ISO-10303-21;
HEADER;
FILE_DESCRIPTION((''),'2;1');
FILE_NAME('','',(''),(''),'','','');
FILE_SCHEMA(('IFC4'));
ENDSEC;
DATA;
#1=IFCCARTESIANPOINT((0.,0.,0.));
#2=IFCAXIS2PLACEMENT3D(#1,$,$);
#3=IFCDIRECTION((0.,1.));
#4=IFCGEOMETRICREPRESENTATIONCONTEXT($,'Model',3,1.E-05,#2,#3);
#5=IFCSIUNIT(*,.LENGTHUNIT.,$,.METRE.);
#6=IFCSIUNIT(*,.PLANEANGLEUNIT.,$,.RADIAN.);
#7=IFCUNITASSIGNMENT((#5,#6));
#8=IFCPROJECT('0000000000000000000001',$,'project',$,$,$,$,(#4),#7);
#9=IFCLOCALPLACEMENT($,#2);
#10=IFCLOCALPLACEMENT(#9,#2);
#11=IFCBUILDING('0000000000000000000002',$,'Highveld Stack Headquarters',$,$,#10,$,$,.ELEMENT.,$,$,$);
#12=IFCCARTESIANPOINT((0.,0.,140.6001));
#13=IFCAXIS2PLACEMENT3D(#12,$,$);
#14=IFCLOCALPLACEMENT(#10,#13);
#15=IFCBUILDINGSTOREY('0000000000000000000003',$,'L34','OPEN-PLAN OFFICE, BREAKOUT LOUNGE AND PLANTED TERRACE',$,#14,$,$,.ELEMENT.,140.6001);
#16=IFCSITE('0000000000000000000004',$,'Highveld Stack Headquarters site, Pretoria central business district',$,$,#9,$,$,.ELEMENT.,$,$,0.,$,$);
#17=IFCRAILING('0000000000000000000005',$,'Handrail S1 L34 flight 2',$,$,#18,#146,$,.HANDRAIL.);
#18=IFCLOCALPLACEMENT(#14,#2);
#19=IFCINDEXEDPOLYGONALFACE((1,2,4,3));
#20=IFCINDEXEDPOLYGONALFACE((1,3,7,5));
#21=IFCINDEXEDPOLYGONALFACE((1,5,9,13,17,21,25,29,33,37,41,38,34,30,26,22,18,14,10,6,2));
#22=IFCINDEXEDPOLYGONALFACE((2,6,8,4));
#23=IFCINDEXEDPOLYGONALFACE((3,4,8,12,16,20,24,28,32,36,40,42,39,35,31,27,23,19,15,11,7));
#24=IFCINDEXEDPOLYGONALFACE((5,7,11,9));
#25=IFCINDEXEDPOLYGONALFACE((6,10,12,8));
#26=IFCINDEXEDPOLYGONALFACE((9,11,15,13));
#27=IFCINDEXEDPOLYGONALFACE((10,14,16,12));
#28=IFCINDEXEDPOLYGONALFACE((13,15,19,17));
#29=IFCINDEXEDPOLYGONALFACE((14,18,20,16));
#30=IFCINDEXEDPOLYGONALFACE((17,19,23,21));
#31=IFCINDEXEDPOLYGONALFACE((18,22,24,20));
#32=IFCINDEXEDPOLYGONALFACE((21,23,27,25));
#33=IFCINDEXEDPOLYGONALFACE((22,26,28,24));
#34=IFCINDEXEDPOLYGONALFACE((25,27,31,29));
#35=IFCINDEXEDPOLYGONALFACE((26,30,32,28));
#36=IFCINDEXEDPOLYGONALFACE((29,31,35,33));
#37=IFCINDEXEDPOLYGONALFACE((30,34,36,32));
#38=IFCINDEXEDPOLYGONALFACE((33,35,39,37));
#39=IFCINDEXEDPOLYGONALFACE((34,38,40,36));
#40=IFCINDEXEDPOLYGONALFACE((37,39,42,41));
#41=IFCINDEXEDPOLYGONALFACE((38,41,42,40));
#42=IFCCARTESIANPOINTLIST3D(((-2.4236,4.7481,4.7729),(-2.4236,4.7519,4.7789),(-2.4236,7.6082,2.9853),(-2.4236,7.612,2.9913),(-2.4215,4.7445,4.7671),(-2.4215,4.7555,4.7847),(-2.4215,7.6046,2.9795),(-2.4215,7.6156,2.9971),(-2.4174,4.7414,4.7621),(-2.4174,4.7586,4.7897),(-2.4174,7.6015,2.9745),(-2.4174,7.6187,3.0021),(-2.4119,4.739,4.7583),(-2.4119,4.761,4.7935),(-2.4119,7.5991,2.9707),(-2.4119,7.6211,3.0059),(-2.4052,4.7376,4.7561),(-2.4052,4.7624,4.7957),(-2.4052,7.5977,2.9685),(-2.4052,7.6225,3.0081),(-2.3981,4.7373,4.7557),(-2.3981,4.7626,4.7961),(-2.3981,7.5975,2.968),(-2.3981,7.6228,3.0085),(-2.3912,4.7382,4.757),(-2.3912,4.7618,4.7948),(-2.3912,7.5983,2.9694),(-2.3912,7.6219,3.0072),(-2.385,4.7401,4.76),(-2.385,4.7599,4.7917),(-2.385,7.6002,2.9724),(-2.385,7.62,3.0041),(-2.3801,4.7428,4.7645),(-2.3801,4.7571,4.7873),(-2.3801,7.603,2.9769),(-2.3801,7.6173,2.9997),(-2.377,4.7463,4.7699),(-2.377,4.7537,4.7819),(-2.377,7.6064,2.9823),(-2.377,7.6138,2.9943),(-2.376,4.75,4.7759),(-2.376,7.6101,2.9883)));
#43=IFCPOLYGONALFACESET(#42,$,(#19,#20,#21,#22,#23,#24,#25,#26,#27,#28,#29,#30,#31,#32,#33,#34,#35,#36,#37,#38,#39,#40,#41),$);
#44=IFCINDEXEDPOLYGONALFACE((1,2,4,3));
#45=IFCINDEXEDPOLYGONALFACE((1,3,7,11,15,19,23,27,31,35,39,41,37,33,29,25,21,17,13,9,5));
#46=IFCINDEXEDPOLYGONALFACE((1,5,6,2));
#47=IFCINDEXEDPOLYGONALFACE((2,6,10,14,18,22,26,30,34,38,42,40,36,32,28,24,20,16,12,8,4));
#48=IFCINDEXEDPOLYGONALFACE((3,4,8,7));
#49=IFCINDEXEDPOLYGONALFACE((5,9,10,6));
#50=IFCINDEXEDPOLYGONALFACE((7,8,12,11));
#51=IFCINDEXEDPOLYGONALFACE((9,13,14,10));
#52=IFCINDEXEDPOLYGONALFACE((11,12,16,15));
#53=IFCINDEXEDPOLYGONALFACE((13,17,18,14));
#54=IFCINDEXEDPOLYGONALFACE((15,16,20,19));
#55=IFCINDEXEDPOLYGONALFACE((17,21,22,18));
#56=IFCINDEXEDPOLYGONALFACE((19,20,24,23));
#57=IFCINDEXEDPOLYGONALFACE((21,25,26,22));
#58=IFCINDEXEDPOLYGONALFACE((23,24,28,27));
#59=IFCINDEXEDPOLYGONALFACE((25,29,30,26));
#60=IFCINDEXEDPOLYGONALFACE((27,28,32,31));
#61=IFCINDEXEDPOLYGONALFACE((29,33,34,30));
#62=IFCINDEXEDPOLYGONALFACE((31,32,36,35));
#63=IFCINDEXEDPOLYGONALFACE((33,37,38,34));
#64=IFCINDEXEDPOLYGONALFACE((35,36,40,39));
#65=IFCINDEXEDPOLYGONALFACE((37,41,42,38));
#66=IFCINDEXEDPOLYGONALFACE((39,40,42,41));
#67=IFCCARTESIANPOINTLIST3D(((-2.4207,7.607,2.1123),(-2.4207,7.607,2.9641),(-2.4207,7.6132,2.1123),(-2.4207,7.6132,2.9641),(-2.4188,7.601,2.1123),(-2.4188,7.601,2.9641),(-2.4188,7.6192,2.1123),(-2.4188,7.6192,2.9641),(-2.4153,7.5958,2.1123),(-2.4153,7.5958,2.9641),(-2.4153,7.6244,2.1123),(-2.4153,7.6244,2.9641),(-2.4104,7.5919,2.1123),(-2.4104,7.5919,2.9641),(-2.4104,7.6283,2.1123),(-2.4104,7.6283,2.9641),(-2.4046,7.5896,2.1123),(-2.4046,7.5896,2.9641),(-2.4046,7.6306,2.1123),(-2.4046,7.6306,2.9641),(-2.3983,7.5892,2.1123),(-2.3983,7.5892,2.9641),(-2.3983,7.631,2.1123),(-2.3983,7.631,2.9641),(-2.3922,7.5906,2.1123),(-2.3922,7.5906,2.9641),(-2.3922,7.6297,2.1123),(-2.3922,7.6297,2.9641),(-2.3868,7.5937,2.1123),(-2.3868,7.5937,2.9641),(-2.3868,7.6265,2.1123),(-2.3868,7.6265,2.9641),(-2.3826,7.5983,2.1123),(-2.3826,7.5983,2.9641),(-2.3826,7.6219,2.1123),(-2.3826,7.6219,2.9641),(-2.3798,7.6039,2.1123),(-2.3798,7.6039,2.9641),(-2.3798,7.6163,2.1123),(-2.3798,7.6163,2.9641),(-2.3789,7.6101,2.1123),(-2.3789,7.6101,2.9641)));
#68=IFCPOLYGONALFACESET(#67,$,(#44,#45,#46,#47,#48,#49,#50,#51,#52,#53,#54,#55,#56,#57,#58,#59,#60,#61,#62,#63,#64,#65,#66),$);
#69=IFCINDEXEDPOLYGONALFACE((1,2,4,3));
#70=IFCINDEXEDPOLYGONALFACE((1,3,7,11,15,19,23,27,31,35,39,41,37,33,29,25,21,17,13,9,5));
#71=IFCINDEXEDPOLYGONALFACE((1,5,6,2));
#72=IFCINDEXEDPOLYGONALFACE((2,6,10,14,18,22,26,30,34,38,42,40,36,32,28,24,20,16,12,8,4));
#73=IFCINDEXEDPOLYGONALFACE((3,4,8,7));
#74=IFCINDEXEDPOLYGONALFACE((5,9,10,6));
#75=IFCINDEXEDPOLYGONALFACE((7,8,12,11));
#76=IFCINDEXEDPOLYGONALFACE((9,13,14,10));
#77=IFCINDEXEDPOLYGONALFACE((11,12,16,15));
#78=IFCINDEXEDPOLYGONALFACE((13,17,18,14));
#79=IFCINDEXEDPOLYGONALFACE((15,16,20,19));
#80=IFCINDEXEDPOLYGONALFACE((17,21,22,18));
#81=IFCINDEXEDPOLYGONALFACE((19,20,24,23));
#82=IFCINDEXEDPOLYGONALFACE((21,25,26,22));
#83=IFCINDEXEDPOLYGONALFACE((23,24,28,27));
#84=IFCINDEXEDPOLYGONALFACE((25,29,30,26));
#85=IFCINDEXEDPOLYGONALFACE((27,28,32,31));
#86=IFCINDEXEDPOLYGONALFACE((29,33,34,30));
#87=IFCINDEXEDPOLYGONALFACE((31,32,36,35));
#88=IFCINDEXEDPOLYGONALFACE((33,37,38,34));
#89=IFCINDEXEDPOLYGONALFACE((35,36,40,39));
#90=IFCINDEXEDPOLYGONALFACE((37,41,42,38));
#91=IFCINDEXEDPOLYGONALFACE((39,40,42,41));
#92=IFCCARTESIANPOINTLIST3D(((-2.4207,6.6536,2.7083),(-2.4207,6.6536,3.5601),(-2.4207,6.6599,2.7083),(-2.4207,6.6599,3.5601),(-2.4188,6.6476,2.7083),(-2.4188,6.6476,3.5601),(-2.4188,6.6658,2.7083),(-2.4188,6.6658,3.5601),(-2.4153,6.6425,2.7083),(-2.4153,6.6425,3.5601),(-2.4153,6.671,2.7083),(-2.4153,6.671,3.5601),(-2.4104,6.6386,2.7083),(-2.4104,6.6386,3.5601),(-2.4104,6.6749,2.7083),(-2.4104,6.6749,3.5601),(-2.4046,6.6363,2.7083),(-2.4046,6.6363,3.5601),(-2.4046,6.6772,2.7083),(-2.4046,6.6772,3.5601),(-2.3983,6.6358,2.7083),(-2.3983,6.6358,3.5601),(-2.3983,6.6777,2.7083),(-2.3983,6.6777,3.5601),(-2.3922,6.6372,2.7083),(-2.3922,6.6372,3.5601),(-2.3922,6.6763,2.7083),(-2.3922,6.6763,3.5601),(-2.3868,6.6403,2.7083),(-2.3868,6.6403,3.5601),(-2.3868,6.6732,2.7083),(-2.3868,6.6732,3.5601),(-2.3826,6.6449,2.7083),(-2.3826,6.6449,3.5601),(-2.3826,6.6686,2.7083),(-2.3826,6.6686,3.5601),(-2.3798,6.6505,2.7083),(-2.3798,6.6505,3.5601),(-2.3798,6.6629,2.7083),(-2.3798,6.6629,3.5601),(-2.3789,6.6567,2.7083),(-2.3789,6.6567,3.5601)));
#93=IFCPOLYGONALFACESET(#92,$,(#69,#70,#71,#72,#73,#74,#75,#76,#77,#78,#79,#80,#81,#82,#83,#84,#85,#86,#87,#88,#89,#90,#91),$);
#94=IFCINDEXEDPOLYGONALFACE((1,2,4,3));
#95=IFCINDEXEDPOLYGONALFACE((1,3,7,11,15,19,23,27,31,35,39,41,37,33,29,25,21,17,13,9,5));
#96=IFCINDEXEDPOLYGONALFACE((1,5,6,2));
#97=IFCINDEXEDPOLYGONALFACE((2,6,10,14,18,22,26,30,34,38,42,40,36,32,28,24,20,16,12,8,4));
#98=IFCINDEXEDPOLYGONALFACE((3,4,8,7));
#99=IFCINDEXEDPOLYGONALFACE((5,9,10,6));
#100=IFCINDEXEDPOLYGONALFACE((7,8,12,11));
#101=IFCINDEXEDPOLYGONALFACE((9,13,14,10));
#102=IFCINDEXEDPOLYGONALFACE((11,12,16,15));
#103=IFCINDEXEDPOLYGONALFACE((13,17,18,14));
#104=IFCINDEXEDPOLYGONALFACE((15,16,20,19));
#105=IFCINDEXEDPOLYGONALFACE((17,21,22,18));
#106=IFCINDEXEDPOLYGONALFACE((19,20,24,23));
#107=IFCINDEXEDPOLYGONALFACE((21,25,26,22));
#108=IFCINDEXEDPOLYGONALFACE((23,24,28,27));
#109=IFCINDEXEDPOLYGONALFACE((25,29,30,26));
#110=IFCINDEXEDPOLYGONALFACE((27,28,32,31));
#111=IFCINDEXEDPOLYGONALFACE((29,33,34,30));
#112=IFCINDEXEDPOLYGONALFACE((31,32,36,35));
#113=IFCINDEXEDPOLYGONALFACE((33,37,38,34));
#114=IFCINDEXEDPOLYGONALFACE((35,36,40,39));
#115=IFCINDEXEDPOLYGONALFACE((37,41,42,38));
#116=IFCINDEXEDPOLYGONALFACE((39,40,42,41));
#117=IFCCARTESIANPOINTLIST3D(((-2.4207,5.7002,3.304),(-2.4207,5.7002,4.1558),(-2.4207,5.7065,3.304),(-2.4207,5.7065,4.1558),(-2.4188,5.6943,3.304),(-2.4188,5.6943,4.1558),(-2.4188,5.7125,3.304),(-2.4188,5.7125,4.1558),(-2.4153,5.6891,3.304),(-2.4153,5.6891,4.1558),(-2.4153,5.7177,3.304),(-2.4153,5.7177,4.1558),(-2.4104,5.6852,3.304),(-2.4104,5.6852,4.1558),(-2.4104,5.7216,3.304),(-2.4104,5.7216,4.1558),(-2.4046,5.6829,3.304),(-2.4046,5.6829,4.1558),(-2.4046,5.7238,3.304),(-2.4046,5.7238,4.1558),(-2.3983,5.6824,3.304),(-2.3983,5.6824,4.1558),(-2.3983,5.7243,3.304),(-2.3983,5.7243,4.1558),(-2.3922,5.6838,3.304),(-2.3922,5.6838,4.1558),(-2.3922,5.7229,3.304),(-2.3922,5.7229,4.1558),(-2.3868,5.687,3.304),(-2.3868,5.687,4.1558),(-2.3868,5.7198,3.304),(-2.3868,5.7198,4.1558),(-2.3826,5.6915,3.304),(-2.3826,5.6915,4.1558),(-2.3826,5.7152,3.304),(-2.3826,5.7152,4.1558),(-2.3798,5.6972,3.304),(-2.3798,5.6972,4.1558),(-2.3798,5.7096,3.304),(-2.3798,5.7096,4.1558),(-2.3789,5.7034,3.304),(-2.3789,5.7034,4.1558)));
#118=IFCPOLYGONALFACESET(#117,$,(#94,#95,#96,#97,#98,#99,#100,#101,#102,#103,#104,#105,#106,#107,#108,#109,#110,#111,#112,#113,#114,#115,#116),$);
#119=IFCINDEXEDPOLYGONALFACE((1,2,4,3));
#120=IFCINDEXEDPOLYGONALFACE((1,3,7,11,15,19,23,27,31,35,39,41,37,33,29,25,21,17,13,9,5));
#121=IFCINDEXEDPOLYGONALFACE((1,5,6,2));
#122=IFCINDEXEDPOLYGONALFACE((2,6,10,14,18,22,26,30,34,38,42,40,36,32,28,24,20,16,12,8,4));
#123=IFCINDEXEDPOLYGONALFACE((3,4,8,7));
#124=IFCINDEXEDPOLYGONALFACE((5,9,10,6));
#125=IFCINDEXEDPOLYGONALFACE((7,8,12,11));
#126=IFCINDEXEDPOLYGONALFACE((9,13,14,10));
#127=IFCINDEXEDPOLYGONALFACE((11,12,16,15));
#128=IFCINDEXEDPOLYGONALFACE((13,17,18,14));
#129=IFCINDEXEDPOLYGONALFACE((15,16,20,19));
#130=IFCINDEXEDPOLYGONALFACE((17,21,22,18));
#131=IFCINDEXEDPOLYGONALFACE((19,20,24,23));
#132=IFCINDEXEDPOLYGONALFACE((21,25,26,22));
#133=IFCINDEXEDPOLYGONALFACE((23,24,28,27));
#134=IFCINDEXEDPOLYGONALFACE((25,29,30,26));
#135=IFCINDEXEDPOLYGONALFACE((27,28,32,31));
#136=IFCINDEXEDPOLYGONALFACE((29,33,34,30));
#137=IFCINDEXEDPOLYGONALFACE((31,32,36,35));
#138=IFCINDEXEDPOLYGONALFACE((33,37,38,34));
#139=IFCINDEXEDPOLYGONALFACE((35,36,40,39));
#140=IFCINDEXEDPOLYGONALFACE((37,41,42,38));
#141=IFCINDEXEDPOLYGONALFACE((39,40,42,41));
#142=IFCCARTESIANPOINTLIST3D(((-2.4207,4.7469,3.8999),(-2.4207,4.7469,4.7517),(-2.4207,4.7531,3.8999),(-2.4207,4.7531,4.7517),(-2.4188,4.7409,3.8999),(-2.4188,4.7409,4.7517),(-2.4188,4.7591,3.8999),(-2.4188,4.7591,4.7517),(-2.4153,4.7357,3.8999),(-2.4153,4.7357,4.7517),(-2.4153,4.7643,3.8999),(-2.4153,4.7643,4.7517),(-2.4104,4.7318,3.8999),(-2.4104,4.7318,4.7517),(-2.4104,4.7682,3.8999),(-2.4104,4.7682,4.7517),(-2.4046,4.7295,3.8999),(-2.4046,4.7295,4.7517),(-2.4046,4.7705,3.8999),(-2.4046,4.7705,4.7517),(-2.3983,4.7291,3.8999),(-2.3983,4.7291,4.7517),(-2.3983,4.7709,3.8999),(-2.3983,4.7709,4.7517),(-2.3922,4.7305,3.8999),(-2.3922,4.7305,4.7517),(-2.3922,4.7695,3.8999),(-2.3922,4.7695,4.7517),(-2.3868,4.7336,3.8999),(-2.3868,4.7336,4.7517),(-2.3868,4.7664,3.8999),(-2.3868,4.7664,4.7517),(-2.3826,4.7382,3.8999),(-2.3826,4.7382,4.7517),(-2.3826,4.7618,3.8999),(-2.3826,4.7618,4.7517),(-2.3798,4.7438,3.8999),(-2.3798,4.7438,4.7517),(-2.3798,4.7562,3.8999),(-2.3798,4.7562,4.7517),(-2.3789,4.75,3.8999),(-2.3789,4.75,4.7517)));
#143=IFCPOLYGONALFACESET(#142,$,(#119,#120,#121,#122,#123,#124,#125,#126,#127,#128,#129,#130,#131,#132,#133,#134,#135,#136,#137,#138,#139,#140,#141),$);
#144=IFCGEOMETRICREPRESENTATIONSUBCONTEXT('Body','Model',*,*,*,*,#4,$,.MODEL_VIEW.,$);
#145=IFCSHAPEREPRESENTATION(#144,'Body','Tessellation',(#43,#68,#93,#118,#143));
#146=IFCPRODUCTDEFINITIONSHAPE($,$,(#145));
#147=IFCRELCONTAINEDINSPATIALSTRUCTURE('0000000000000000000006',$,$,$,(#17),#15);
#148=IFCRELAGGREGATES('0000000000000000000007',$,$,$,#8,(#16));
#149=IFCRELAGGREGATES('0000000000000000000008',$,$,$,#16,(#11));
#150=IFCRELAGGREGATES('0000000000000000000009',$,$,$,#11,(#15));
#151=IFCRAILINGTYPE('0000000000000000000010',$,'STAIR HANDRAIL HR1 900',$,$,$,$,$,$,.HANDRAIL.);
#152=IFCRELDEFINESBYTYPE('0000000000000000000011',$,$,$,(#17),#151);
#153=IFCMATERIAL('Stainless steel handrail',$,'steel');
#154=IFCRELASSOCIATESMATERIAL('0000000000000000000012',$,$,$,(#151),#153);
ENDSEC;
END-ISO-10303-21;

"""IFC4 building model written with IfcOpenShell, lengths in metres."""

from ifc_helpers import new_model, si_unit, direction, frame, origin, origin_2d, place, context, subcontext, project, spatial, circle, extrude, material, type_object, element, save


model = new_model("IFC4")

# Units and contexts
model_context = context("Model", 3, precision=1e-05, world=origin(), true_north=direction((0.0, 1.0)))
body_context = subcontext(model_context, "Body", "Model", "MODEL_VIEW")
ifc_project = project(units=[si_unit("LENGTHUNIT", "METRE"), si_unit("PLANEANGLEUNIT", "RADIAN")], contexts=[model_context])

# Site, building, storey
site_placement = place(None, origin())
site = spatial("IfcSite", under=ifc_project, at=site_placement, Name="Highveld Stack Headquarters site, Pretoria central business district", CompositionType="ELEMENT", RefElevation=0.0)
building_placement = place(site_placement, origin())
building = spatial("IfcBuilding", under=site, at=building_placement, Name="Highveld Stack Headquarters", CompositionType="ELEMENT")
storey_placement = place(building_placement, frame((0.0, 0.0, 140.6001)))
storey = spatial("IfcBuildingStorey", under=building, at=storey_placement, Name="L34", Description="OPEN-PLAN OFFICE, BREAKOUT LOUNGE AND PLANTED TERRACE", CompositionType="ELEMENT", Elevation=140.6001)

# Railing
ifc_material_1 = material(Name="Stainless steel handrail", Category="steel")
railing_type = type_object("IfcRailingType", Name="STAIR HANDRAIL HR1 900", PredefinedType="HANDRAIL", material=ifc_material_1)
for number, where, name in (
    (1, (-2.3999, 7.6101, 2.1123), "Handrail S1 L34 flight 2"),
):
    element("IfcRailing", number, at=place(storey_placement, frame(where)), inside=storey, type_object=railing_type, Name=name, PredefinedType="HANDRAIL", context=body_context, shape_type="SweptSolid", body=[
        extrude(circle(Radius=0.0239, at=origin_2d()), frame((0.0, 0.0, 0.876), z_axis=(0.0, -0.847994, 0.530005), x_axis=(1.0, 0.0, 0.0)), (0.0, 0.0, 1.0), 3.3728),
        extrude(circle(Radius=0.021, at=origin_2d()), origin(), (0.0, 0.0, 1.0), 0.8518),
        extrude(circle(Radius=0.021, at=origin_2d()), frame((0.0, -0.9534, 0.5959)), (0.0, 0.0, 1.0), 0.8518),
        extrude(circle(Radius=0.021, at=origin_2d()), frame((0.0, -1.9067, 1.1917)), (0.0, 0.0, 1.0), 0.8518),
        extrude(circle(Radius=0.021, at=origin_2d()), frame((0.0, -2.8601, 1.7876)), (0.0, 0.0, 1.0), 0.8518),
    ])

save(model, "model.ifc")
